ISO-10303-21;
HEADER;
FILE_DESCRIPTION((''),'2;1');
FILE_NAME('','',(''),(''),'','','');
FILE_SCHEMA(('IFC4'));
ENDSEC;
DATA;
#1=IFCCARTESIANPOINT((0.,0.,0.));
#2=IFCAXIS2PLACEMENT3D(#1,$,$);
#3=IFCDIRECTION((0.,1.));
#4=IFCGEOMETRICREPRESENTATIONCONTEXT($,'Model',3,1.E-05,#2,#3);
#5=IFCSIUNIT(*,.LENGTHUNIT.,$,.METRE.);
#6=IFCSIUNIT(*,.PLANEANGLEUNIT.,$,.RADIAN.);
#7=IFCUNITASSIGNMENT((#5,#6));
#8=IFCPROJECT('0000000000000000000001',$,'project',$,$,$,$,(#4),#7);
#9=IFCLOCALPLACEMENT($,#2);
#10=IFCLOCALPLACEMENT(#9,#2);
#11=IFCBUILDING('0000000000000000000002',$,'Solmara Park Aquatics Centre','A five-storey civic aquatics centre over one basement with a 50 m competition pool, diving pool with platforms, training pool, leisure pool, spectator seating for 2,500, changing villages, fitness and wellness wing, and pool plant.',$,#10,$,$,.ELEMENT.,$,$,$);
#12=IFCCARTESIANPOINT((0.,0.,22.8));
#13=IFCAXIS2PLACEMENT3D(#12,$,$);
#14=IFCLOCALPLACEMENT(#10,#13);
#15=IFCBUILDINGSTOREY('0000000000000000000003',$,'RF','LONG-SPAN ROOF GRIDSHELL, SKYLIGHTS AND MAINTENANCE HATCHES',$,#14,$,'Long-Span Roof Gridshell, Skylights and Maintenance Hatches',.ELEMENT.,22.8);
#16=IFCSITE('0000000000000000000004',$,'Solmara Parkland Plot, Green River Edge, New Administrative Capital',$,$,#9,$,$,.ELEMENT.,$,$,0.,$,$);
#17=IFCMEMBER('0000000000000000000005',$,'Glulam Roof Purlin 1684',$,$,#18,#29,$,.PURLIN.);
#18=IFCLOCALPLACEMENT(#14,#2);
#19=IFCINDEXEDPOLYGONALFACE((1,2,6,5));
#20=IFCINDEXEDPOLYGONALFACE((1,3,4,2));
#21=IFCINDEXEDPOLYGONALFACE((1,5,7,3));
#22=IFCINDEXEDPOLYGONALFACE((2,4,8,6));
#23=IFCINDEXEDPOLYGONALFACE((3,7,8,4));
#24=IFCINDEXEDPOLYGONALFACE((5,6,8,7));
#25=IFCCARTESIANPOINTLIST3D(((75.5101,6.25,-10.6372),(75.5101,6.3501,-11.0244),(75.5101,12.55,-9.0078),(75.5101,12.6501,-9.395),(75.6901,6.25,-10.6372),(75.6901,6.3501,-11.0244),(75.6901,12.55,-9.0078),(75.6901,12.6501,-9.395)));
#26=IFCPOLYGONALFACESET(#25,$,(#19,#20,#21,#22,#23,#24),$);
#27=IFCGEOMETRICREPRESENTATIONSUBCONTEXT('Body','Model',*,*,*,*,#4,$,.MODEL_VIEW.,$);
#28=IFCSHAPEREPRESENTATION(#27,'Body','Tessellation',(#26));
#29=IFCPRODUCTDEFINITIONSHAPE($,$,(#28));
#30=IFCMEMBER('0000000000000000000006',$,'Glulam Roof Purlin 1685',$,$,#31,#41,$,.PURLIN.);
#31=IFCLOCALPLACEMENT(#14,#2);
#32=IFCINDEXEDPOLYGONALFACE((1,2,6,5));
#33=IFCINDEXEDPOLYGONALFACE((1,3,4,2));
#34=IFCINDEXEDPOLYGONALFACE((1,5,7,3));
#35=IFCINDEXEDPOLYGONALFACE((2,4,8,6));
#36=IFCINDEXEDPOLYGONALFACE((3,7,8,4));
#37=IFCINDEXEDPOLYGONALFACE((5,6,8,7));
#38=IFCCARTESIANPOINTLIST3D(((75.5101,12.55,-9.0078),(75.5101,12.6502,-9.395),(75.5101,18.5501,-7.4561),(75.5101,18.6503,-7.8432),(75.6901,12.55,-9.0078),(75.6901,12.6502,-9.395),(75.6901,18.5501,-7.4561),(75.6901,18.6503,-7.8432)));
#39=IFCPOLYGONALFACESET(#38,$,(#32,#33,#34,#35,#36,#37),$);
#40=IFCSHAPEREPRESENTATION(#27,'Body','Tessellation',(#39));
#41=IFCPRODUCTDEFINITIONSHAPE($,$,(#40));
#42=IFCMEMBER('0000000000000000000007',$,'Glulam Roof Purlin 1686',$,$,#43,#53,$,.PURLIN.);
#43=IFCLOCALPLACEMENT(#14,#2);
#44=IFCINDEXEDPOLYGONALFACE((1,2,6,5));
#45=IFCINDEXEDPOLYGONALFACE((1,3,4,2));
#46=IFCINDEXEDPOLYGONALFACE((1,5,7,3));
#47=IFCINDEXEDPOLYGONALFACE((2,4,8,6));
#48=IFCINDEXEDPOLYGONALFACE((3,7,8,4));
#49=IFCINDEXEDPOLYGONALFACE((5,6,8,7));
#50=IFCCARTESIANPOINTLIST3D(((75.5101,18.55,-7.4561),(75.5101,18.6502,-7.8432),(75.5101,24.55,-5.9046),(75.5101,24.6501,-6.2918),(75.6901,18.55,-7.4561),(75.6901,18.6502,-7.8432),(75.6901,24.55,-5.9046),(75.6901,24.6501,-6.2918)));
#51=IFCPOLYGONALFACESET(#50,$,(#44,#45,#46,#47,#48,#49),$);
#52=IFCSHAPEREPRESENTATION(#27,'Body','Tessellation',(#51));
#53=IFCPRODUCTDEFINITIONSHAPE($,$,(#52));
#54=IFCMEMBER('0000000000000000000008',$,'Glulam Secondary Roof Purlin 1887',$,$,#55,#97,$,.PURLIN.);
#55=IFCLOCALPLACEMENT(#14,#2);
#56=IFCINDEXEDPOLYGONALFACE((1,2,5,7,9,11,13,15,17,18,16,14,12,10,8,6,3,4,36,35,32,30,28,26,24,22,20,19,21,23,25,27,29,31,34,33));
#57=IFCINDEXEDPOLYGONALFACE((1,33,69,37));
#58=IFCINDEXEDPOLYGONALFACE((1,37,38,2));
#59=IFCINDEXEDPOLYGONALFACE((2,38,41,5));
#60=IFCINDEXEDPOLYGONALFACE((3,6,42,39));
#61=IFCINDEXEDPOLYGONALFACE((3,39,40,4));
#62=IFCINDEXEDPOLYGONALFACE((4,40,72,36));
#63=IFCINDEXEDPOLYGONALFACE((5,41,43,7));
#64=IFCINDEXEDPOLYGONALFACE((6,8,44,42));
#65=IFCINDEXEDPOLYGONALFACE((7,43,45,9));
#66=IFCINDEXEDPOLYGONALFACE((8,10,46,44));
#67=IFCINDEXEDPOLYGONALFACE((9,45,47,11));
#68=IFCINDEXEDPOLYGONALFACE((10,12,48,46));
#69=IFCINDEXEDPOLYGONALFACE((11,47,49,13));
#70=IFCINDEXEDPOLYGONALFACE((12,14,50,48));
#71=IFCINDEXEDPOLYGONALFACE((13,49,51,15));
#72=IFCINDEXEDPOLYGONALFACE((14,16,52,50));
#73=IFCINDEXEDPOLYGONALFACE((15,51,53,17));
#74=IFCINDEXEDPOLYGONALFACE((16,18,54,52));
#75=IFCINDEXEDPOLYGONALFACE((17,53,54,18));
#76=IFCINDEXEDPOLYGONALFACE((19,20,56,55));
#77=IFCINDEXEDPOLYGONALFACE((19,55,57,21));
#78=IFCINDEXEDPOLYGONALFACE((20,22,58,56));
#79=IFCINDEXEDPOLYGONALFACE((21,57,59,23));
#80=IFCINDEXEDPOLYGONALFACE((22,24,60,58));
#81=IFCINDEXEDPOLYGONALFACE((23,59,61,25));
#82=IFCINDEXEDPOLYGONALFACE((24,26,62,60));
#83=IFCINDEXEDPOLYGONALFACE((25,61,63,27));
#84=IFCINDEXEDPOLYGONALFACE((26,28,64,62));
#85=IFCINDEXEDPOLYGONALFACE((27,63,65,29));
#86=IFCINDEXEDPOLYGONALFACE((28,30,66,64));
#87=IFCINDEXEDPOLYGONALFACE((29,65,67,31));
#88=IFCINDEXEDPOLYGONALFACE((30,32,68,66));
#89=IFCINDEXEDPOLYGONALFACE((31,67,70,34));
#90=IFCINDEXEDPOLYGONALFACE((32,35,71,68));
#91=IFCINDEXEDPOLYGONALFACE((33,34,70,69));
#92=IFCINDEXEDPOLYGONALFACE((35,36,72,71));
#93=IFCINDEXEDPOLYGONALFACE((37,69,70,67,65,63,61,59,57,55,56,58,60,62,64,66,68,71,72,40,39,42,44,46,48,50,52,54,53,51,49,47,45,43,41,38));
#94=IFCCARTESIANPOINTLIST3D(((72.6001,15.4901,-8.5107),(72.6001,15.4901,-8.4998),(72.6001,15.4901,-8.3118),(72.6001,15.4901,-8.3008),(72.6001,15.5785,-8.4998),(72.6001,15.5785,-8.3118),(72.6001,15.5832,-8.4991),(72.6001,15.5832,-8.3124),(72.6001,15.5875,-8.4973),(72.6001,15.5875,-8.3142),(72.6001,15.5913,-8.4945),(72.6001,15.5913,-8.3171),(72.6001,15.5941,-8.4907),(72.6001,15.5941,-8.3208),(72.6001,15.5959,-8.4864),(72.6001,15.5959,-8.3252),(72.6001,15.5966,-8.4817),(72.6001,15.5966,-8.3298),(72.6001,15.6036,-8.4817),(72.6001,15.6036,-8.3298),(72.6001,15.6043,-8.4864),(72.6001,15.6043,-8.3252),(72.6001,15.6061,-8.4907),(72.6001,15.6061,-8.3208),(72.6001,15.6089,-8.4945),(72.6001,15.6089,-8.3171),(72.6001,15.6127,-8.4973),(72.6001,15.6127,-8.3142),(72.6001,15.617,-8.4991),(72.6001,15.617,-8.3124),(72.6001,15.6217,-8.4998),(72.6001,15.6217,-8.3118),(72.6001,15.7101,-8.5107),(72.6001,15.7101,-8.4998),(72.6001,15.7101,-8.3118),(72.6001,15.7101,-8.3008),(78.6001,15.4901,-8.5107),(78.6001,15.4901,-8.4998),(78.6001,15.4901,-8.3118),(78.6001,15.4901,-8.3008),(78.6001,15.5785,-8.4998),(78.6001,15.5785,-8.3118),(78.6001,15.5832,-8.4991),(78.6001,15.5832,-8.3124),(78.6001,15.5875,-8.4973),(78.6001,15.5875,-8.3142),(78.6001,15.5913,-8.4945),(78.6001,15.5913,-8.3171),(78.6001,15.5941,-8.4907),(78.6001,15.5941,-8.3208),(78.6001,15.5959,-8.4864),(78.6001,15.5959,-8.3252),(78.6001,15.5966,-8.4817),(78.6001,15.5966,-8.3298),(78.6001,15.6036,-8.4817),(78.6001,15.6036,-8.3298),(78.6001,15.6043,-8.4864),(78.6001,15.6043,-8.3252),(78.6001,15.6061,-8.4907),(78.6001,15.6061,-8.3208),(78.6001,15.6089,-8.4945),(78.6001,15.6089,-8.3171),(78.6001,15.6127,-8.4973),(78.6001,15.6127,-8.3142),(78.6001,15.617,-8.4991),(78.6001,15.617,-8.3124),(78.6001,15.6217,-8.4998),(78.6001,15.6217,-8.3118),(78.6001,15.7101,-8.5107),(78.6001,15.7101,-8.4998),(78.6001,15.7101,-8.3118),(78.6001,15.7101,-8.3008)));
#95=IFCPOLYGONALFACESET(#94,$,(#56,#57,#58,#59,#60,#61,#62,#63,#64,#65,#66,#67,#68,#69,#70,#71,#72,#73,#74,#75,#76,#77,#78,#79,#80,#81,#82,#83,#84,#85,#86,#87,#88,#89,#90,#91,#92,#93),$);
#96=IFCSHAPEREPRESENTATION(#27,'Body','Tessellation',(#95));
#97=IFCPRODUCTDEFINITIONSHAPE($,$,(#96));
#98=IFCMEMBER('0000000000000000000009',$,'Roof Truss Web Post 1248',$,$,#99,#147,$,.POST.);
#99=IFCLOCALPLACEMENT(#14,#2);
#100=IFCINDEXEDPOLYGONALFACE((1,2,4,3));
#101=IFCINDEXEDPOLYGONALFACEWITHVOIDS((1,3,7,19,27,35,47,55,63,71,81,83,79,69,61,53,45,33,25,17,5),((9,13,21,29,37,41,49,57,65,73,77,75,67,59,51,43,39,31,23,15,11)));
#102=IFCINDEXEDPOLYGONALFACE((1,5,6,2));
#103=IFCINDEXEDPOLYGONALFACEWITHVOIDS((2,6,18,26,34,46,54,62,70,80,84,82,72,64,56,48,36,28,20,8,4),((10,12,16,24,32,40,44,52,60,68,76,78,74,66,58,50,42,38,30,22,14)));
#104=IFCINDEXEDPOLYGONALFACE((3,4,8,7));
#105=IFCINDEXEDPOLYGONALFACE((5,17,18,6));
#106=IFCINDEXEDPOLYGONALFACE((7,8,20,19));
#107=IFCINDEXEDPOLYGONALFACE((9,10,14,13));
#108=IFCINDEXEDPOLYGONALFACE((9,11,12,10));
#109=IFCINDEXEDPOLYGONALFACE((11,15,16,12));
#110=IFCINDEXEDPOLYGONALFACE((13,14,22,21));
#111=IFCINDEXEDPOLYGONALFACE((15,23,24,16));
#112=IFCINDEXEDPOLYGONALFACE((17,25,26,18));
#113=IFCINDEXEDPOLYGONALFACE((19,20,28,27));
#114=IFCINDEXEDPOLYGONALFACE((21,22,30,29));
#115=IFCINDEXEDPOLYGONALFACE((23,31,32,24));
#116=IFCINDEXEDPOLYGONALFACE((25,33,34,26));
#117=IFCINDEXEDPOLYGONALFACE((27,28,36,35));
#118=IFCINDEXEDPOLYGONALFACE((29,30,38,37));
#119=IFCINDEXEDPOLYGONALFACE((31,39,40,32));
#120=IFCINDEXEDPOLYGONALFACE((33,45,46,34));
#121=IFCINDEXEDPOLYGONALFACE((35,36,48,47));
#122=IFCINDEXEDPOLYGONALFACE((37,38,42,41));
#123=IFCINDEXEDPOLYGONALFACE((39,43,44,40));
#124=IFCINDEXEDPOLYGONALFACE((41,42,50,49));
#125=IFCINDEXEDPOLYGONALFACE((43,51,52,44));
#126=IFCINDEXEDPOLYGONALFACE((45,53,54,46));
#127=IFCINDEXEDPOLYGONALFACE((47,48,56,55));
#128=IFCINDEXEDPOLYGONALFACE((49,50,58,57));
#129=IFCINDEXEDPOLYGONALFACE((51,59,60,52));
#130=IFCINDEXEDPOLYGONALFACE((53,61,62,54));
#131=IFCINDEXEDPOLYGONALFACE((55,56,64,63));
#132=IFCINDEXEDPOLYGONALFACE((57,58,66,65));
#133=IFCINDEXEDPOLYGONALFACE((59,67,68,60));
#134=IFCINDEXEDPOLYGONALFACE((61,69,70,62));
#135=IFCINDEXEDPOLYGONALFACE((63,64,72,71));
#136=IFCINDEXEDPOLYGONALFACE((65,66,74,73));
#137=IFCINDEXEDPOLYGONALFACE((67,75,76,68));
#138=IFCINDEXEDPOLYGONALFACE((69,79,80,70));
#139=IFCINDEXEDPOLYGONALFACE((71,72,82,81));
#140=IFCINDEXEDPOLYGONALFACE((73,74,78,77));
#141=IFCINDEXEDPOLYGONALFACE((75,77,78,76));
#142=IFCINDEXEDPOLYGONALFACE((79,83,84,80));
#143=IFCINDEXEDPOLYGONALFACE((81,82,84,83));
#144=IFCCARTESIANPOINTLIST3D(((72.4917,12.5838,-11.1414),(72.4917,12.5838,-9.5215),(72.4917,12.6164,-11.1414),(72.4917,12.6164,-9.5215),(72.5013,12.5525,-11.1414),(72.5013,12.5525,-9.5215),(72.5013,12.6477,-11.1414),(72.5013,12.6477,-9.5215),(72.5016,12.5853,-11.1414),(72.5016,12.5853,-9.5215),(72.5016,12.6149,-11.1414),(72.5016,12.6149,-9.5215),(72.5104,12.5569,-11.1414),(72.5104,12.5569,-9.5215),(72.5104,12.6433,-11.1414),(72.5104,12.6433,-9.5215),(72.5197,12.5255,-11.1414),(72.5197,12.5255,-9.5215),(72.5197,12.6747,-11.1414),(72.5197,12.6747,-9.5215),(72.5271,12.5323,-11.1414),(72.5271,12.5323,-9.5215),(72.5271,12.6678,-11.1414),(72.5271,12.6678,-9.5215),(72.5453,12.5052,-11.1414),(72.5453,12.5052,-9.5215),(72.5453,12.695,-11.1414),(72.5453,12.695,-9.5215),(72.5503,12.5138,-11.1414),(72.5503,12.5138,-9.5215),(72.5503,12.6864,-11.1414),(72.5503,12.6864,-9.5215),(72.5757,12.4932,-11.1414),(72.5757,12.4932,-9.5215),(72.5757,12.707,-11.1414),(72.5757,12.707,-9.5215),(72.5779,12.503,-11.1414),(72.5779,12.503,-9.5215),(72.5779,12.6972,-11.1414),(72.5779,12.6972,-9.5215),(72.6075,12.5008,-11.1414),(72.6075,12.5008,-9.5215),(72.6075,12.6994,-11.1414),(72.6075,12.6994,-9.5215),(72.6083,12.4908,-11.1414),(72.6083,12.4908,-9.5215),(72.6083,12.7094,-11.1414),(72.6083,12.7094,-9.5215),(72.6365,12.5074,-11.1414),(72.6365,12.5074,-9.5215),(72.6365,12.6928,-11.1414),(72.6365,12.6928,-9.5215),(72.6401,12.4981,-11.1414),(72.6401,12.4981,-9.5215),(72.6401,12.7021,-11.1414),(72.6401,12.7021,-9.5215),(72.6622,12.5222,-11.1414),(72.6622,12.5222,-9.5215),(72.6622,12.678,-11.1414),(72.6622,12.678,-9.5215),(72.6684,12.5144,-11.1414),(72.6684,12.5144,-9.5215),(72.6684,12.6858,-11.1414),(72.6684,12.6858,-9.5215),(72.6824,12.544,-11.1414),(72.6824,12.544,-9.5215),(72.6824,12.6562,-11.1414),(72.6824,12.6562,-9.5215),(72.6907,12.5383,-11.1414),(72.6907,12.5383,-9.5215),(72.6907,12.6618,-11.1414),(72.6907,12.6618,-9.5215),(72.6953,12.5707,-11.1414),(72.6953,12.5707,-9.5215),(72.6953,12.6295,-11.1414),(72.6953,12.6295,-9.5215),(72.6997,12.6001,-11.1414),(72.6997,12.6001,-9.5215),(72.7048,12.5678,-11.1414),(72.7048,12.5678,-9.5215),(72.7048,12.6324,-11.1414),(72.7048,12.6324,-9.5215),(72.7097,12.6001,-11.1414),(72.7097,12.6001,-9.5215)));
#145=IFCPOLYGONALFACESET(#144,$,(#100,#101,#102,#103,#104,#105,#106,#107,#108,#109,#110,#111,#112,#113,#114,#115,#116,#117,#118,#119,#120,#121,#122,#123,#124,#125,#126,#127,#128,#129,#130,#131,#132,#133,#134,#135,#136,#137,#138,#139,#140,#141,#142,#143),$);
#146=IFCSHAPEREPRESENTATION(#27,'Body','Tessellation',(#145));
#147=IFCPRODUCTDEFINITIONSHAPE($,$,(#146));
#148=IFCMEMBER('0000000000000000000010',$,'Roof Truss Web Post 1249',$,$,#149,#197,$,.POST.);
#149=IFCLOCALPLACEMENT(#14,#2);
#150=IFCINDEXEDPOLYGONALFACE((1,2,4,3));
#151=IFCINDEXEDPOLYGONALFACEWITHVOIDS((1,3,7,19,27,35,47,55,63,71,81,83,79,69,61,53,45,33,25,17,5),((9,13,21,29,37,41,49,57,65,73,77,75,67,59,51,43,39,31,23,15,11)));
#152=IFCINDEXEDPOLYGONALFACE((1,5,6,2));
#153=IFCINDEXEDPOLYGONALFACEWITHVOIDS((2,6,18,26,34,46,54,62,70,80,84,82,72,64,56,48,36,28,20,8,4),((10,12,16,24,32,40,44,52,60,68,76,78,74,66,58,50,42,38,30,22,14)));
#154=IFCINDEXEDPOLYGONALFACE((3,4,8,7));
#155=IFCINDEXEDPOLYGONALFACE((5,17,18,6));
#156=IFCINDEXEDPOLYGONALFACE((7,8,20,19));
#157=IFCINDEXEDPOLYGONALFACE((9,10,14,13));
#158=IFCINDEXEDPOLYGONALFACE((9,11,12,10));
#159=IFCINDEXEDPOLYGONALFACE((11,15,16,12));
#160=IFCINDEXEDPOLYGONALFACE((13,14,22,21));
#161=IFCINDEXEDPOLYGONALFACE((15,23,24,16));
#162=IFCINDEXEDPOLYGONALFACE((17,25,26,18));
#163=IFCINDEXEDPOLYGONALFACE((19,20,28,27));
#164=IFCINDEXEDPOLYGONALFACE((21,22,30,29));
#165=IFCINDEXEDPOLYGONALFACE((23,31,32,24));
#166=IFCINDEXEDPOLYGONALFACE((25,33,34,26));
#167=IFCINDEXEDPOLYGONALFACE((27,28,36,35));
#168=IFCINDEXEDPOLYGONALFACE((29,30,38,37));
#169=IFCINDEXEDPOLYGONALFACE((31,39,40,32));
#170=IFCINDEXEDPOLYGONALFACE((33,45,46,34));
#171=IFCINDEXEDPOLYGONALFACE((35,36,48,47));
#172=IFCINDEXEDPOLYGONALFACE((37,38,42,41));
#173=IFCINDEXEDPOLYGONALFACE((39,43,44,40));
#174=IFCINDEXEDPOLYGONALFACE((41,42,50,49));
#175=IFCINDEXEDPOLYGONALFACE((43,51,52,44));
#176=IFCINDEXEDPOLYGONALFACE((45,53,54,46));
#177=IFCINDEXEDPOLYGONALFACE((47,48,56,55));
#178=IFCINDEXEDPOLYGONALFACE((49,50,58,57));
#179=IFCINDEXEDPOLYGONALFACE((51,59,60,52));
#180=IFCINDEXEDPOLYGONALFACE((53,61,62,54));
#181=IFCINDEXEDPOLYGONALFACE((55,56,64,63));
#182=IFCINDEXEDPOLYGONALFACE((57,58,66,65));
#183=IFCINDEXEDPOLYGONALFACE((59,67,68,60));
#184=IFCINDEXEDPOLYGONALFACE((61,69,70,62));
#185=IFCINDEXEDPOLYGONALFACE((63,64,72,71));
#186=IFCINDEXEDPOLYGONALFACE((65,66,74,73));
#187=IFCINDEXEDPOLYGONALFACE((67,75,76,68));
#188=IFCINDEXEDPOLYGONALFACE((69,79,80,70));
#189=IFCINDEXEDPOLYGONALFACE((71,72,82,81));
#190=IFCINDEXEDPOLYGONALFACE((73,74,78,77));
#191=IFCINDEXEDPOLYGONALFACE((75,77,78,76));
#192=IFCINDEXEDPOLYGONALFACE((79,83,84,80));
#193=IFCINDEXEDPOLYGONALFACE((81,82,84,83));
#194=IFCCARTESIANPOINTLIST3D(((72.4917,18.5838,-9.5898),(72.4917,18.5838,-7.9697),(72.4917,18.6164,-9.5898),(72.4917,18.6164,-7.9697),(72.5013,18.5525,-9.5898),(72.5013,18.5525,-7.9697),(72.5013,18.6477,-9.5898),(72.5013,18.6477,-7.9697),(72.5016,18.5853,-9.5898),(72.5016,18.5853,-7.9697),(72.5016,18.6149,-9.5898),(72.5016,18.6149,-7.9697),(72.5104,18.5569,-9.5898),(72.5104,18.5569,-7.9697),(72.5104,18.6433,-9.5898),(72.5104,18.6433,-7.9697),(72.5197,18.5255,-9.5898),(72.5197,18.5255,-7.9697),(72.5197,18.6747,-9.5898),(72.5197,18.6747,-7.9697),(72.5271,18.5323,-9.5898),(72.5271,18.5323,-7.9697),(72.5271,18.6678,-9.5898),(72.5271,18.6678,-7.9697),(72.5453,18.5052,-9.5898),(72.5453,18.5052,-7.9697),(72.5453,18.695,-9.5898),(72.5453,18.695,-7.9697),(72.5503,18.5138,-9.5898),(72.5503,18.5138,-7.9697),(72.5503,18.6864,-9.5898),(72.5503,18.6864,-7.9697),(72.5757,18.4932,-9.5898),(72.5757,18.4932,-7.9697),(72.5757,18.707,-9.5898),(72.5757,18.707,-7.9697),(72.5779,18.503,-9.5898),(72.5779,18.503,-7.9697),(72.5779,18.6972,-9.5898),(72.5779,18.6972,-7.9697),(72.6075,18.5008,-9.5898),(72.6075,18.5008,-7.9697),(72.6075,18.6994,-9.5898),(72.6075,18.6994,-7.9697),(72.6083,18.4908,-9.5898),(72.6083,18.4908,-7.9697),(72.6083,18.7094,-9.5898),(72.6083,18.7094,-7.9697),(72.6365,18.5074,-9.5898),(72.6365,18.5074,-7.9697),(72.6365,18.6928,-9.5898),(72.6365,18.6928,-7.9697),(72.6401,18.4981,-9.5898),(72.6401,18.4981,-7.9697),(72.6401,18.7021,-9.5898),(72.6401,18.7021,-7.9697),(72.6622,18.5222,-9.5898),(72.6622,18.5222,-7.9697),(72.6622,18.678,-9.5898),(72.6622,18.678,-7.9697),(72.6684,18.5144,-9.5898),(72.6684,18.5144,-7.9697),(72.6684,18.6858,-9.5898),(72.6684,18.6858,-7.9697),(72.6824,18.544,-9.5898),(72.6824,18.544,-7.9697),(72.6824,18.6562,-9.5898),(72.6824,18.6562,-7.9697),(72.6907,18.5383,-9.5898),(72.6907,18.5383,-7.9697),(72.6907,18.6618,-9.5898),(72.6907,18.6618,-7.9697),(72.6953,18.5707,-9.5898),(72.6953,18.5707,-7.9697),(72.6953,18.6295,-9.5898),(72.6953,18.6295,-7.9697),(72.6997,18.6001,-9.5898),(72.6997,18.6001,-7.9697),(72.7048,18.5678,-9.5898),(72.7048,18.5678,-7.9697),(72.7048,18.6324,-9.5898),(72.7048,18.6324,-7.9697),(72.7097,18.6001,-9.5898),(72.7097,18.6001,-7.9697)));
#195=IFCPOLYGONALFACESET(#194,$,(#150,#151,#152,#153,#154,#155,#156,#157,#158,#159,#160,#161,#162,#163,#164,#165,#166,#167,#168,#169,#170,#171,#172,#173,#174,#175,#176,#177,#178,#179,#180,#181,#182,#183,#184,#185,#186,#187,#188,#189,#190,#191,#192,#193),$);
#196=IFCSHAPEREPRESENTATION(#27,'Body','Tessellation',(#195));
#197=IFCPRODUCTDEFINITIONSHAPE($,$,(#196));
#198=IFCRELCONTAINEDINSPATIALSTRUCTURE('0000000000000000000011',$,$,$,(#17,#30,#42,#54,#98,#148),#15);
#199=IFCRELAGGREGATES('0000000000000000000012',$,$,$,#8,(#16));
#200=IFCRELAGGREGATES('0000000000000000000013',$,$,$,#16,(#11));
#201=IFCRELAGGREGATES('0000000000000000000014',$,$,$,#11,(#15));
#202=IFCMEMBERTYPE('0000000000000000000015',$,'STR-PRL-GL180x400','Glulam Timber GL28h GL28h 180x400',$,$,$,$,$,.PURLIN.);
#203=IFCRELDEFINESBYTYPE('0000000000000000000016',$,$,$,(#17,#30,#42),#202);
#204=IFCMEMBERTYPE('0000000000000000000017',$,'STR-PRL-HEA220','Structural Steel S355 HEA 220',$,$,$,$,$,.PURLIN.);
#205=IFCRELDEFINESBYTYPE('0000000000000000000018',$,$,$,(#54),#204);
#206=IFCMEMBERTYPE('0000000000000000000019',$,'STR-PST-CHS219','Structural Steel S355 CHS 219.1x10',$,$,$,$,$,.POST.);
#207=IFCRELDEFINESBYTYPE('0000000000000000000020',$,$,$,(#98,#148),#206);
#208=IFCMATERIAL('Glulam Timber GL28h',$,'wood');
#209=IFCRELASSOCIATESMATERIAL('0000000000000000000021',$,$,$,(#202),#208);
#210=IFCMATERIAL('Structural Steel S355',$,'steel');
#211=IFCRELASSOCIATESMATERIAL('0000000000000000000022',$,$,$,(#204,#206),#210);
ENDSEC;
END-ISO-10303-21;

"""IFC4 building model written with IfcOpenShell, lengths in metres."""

from ifc_helpers import new_model, si_unit, direction, frame, origin, origin_2d, place, context, subcontext, project, spatial, rectangle, hollow_circle, i_section, extrude, material, material_profile, profile_set, type_object, element, save


model = new_model("IFC4")

# Units and contexts
model_context = context("Model", 3, precision=1e-05, world=origin(), true_north=direction((0.0, 1.0)))
body_context = subcontext(model_context, "Body", "Model", "MODEL_VIEW")
ifc_project = project(units=[si_unit("LENGTHUNIT", "METRE"), si_unit("PLANEANGLEUNIT", "RADIAN")], contexts=[model_context])

# Site, building, storey
site_placement = place(None, origin())
site = spatial("IfcSite", under=ifc_project, at=site_placement, Name="Solmara Parkland Plot, Green River Edge, New Administrative Capital", CompositionType="ELEMENT", RefElevation=0.0)
building_placement = place(site_placement, origin())
building = spatial("IfcBuilding", under=site, at=building_placement, Name="Solmara Park Aquatics Centre", Description="A five-storey civic aquatics centre over one basement with a 50 m competition pool, diving pool with platforms, training pool, leisure pool, spectator seating for 2,500, changing villages, fitness and wellness wing, and pool plant.", CompositionType="ELEMENT")
storey_placement = place(building_placement, frame((0.0, 0.0, 22.8)))
storey = spatial("IfcBuildingStorey", under=building, at=storey_placement, Name="RF", Description="LONG-SPAN ROOF GRIDSHELL, SKYLIGHTS AND MAINTENANCE HATCHES", LongName="Long-Span Roof Gridshell, Skylights and Maintenance Hatches", CompositionType="ELEMENT", Elevation=22.8)

# Members
ifc_material_1 = material(Name="Structural Steel S355", Category="steel")
ifc_material_2 = material(Name="Glulam Timber GL28h", Category="wood")
ifc_material_profile_1 = material_profile(ifc_material_2, rectangle(XDim=0.1799, YDim=0.3999, at=origin_2d()), Name="GL28h 180x400")
ifc_profile_set_1 = profile_set([ifc_material_profile_1], Name="Glulam Timber GL28h")
member_type_1 = type_object("IfcMemberType", Name="STR-PRL-GL180x400", Description="Glulam Timber GL28h GL28h 180x400", PredefinedType="PURLIN", material=ifc_profile_set_1)
member_1_placement = place(storey_placement, frame((75.6001, 6.3, -10.8308), z_axis=(0.0, 0.968144, 0.250393), x_axis=(-1.0, 0.0, 0.0)))
element("IfcMember", 1, at=member_1_placement, inside=storey, type_object=member_type_1, Name="Glulam Roof Purlin 1684", PredefinedType="PURLIN", context=body_context, shape_type="SweptSolid", body=[
    extrude(rectangle(XDim=0.1799, YDim=0.3999, at=origin_2d()), origin(), (0.0, 0.0, 1.0), 6.5073),
])
member_2_placement = place(storey_placement, frame((75.6001, 12.6001, -9.2014), z_axis=(0.0, 0.968146, 0.250388), x_axis=(-1.0, 0.0, 0.0)))
element("IfcMember", 2, at=member_2_placement, inside=storey, type_object=member_type_1, Name="Glulam Roof Purlin 1685", PredefinedType="PURLIN", context=body_context, shape_type="SweptSolid", body=[
    extrude(rectangle(XDim=0.1799, YDim=0.3999, at=origin_2d()), origin(), (0.0, 0.0, 1.0), 6.1975),
])
member_3_placement = place(storey_placement, frame((75.6001, 18.6001, -7.6497), z_axis=(0.0, 0.968155, 0.250351), x_axis=(-1.0, 0.0, 0.0)))
element("IfcMember", 3, at=member_3_placement, inside=storey, type_object=member_type_1, Name="Glulam Roof Purlin 1686", PredefinedType="PURLIN", context=body_context, shape_type="SweptSolid", body=[
    extrude(rectangle(XDim=0.1799, YDim=0.3999, at=origin_2d()), origin(), (0.0, 0.0, 1.0), 6.1973),
])
ifc_material_profile_2 = material_profile(ifc_material_1, i_section(OverallWidth=0.22, OverallDepth=0.21, WebThickness=0.0071, FlangeThickness=0.011, FilletRadius=0.0181, at=origin_2d()), Name="HEA 220")
ifc_profile_set_2 = profile_set([ifc_material_profile_2], Name="Structural Steel S355")
member_type_2 = type_object("IfcMemberType", Name="STR-PRL-HEA220", Description="Structural Steel S355 HEA 220", PredefinedType="PURLIN", material=ifc_profile_set_2)
member_4_placement = place(storey_placement, frame((72.6001, 15.6001, -8.4058), z_axis=(1.0, 0.0, 0.0), x_axis=(0.0, 1.0, 0.0)))
element("IfcMember", 4, at=member_4_placement, inside=storey, type_object=member_type_2, Name="Glulam Secondary Roof Purlin 1887", PredefinedType="PURLIN", context=body_context, shape_type="SweptSolid", body=[
    extrude(i_section(OverallWidth=0.22, OverallDepth=0.21, WebThickness=0.0071, FlangeThickness=0.011, FilletRadius=0.0181, at=origin_2d()), origin(), (0.0, 0.0, 1.0), 6.0),
])
ifc_material_profile_3 = material_profile(ifc_material_1, hollow_circle(Radius=0.1096, WallThickness=0.01, at=origin_2d()), Name="CHS 219.1x10")
ifc_profile_set_3 = profile_set([ifc_material_profile_3], Name="Structural Steel S355")
member_type_3 = type_object("IfcMemberType", Name="STR-PST-CHS219", Description="Structural Steel S355 CHS 219.1x10", PredefinedType="POST", material=ifc_profile_set_3)
member_5_placement = place(storey_placement, frame((72.6001, 12.6001, -11.1414), z_axis=(0.0, 0.0, 1.0), x_axis=(1.0, 0.0, 0.0)))
element("IfcMember", 5, at=member_5_placement, inside=storey, type_object=member_type_3, Name="Roof Truss Web Post 1248", PredefinedType="POST", context=body_context, shape_type="SweptSolid", body=[
    extrude(hollow_circle(Radius=0.1096, WallThickness=0.01, at=origin_2d()), origin(), (0.0, 0.0, 1.0), 1.6199),
])
member_6_placement = place(storey_placement, frame((72.6001, 18.6001, -9.5898), z_axis=(0.0, 0.0, 1.0), x_axis=(1.0, 0.0, 0.0)))
element("IfcMember", 6, at=member_6_placement, inside=storey, type_object=member_type_3, Name="Roof Truss Web Post 1249", PredefinedType="POST", context=body_context, shape_type="SweptSolid", body=[
    extrude(hollow_circle(Radius=0.1096, WallThickness=0.01, at=origin_2d()), origin(), (0.0, 0.0, 1.0), 1.6201),
])

save(model, "model.ifc")
